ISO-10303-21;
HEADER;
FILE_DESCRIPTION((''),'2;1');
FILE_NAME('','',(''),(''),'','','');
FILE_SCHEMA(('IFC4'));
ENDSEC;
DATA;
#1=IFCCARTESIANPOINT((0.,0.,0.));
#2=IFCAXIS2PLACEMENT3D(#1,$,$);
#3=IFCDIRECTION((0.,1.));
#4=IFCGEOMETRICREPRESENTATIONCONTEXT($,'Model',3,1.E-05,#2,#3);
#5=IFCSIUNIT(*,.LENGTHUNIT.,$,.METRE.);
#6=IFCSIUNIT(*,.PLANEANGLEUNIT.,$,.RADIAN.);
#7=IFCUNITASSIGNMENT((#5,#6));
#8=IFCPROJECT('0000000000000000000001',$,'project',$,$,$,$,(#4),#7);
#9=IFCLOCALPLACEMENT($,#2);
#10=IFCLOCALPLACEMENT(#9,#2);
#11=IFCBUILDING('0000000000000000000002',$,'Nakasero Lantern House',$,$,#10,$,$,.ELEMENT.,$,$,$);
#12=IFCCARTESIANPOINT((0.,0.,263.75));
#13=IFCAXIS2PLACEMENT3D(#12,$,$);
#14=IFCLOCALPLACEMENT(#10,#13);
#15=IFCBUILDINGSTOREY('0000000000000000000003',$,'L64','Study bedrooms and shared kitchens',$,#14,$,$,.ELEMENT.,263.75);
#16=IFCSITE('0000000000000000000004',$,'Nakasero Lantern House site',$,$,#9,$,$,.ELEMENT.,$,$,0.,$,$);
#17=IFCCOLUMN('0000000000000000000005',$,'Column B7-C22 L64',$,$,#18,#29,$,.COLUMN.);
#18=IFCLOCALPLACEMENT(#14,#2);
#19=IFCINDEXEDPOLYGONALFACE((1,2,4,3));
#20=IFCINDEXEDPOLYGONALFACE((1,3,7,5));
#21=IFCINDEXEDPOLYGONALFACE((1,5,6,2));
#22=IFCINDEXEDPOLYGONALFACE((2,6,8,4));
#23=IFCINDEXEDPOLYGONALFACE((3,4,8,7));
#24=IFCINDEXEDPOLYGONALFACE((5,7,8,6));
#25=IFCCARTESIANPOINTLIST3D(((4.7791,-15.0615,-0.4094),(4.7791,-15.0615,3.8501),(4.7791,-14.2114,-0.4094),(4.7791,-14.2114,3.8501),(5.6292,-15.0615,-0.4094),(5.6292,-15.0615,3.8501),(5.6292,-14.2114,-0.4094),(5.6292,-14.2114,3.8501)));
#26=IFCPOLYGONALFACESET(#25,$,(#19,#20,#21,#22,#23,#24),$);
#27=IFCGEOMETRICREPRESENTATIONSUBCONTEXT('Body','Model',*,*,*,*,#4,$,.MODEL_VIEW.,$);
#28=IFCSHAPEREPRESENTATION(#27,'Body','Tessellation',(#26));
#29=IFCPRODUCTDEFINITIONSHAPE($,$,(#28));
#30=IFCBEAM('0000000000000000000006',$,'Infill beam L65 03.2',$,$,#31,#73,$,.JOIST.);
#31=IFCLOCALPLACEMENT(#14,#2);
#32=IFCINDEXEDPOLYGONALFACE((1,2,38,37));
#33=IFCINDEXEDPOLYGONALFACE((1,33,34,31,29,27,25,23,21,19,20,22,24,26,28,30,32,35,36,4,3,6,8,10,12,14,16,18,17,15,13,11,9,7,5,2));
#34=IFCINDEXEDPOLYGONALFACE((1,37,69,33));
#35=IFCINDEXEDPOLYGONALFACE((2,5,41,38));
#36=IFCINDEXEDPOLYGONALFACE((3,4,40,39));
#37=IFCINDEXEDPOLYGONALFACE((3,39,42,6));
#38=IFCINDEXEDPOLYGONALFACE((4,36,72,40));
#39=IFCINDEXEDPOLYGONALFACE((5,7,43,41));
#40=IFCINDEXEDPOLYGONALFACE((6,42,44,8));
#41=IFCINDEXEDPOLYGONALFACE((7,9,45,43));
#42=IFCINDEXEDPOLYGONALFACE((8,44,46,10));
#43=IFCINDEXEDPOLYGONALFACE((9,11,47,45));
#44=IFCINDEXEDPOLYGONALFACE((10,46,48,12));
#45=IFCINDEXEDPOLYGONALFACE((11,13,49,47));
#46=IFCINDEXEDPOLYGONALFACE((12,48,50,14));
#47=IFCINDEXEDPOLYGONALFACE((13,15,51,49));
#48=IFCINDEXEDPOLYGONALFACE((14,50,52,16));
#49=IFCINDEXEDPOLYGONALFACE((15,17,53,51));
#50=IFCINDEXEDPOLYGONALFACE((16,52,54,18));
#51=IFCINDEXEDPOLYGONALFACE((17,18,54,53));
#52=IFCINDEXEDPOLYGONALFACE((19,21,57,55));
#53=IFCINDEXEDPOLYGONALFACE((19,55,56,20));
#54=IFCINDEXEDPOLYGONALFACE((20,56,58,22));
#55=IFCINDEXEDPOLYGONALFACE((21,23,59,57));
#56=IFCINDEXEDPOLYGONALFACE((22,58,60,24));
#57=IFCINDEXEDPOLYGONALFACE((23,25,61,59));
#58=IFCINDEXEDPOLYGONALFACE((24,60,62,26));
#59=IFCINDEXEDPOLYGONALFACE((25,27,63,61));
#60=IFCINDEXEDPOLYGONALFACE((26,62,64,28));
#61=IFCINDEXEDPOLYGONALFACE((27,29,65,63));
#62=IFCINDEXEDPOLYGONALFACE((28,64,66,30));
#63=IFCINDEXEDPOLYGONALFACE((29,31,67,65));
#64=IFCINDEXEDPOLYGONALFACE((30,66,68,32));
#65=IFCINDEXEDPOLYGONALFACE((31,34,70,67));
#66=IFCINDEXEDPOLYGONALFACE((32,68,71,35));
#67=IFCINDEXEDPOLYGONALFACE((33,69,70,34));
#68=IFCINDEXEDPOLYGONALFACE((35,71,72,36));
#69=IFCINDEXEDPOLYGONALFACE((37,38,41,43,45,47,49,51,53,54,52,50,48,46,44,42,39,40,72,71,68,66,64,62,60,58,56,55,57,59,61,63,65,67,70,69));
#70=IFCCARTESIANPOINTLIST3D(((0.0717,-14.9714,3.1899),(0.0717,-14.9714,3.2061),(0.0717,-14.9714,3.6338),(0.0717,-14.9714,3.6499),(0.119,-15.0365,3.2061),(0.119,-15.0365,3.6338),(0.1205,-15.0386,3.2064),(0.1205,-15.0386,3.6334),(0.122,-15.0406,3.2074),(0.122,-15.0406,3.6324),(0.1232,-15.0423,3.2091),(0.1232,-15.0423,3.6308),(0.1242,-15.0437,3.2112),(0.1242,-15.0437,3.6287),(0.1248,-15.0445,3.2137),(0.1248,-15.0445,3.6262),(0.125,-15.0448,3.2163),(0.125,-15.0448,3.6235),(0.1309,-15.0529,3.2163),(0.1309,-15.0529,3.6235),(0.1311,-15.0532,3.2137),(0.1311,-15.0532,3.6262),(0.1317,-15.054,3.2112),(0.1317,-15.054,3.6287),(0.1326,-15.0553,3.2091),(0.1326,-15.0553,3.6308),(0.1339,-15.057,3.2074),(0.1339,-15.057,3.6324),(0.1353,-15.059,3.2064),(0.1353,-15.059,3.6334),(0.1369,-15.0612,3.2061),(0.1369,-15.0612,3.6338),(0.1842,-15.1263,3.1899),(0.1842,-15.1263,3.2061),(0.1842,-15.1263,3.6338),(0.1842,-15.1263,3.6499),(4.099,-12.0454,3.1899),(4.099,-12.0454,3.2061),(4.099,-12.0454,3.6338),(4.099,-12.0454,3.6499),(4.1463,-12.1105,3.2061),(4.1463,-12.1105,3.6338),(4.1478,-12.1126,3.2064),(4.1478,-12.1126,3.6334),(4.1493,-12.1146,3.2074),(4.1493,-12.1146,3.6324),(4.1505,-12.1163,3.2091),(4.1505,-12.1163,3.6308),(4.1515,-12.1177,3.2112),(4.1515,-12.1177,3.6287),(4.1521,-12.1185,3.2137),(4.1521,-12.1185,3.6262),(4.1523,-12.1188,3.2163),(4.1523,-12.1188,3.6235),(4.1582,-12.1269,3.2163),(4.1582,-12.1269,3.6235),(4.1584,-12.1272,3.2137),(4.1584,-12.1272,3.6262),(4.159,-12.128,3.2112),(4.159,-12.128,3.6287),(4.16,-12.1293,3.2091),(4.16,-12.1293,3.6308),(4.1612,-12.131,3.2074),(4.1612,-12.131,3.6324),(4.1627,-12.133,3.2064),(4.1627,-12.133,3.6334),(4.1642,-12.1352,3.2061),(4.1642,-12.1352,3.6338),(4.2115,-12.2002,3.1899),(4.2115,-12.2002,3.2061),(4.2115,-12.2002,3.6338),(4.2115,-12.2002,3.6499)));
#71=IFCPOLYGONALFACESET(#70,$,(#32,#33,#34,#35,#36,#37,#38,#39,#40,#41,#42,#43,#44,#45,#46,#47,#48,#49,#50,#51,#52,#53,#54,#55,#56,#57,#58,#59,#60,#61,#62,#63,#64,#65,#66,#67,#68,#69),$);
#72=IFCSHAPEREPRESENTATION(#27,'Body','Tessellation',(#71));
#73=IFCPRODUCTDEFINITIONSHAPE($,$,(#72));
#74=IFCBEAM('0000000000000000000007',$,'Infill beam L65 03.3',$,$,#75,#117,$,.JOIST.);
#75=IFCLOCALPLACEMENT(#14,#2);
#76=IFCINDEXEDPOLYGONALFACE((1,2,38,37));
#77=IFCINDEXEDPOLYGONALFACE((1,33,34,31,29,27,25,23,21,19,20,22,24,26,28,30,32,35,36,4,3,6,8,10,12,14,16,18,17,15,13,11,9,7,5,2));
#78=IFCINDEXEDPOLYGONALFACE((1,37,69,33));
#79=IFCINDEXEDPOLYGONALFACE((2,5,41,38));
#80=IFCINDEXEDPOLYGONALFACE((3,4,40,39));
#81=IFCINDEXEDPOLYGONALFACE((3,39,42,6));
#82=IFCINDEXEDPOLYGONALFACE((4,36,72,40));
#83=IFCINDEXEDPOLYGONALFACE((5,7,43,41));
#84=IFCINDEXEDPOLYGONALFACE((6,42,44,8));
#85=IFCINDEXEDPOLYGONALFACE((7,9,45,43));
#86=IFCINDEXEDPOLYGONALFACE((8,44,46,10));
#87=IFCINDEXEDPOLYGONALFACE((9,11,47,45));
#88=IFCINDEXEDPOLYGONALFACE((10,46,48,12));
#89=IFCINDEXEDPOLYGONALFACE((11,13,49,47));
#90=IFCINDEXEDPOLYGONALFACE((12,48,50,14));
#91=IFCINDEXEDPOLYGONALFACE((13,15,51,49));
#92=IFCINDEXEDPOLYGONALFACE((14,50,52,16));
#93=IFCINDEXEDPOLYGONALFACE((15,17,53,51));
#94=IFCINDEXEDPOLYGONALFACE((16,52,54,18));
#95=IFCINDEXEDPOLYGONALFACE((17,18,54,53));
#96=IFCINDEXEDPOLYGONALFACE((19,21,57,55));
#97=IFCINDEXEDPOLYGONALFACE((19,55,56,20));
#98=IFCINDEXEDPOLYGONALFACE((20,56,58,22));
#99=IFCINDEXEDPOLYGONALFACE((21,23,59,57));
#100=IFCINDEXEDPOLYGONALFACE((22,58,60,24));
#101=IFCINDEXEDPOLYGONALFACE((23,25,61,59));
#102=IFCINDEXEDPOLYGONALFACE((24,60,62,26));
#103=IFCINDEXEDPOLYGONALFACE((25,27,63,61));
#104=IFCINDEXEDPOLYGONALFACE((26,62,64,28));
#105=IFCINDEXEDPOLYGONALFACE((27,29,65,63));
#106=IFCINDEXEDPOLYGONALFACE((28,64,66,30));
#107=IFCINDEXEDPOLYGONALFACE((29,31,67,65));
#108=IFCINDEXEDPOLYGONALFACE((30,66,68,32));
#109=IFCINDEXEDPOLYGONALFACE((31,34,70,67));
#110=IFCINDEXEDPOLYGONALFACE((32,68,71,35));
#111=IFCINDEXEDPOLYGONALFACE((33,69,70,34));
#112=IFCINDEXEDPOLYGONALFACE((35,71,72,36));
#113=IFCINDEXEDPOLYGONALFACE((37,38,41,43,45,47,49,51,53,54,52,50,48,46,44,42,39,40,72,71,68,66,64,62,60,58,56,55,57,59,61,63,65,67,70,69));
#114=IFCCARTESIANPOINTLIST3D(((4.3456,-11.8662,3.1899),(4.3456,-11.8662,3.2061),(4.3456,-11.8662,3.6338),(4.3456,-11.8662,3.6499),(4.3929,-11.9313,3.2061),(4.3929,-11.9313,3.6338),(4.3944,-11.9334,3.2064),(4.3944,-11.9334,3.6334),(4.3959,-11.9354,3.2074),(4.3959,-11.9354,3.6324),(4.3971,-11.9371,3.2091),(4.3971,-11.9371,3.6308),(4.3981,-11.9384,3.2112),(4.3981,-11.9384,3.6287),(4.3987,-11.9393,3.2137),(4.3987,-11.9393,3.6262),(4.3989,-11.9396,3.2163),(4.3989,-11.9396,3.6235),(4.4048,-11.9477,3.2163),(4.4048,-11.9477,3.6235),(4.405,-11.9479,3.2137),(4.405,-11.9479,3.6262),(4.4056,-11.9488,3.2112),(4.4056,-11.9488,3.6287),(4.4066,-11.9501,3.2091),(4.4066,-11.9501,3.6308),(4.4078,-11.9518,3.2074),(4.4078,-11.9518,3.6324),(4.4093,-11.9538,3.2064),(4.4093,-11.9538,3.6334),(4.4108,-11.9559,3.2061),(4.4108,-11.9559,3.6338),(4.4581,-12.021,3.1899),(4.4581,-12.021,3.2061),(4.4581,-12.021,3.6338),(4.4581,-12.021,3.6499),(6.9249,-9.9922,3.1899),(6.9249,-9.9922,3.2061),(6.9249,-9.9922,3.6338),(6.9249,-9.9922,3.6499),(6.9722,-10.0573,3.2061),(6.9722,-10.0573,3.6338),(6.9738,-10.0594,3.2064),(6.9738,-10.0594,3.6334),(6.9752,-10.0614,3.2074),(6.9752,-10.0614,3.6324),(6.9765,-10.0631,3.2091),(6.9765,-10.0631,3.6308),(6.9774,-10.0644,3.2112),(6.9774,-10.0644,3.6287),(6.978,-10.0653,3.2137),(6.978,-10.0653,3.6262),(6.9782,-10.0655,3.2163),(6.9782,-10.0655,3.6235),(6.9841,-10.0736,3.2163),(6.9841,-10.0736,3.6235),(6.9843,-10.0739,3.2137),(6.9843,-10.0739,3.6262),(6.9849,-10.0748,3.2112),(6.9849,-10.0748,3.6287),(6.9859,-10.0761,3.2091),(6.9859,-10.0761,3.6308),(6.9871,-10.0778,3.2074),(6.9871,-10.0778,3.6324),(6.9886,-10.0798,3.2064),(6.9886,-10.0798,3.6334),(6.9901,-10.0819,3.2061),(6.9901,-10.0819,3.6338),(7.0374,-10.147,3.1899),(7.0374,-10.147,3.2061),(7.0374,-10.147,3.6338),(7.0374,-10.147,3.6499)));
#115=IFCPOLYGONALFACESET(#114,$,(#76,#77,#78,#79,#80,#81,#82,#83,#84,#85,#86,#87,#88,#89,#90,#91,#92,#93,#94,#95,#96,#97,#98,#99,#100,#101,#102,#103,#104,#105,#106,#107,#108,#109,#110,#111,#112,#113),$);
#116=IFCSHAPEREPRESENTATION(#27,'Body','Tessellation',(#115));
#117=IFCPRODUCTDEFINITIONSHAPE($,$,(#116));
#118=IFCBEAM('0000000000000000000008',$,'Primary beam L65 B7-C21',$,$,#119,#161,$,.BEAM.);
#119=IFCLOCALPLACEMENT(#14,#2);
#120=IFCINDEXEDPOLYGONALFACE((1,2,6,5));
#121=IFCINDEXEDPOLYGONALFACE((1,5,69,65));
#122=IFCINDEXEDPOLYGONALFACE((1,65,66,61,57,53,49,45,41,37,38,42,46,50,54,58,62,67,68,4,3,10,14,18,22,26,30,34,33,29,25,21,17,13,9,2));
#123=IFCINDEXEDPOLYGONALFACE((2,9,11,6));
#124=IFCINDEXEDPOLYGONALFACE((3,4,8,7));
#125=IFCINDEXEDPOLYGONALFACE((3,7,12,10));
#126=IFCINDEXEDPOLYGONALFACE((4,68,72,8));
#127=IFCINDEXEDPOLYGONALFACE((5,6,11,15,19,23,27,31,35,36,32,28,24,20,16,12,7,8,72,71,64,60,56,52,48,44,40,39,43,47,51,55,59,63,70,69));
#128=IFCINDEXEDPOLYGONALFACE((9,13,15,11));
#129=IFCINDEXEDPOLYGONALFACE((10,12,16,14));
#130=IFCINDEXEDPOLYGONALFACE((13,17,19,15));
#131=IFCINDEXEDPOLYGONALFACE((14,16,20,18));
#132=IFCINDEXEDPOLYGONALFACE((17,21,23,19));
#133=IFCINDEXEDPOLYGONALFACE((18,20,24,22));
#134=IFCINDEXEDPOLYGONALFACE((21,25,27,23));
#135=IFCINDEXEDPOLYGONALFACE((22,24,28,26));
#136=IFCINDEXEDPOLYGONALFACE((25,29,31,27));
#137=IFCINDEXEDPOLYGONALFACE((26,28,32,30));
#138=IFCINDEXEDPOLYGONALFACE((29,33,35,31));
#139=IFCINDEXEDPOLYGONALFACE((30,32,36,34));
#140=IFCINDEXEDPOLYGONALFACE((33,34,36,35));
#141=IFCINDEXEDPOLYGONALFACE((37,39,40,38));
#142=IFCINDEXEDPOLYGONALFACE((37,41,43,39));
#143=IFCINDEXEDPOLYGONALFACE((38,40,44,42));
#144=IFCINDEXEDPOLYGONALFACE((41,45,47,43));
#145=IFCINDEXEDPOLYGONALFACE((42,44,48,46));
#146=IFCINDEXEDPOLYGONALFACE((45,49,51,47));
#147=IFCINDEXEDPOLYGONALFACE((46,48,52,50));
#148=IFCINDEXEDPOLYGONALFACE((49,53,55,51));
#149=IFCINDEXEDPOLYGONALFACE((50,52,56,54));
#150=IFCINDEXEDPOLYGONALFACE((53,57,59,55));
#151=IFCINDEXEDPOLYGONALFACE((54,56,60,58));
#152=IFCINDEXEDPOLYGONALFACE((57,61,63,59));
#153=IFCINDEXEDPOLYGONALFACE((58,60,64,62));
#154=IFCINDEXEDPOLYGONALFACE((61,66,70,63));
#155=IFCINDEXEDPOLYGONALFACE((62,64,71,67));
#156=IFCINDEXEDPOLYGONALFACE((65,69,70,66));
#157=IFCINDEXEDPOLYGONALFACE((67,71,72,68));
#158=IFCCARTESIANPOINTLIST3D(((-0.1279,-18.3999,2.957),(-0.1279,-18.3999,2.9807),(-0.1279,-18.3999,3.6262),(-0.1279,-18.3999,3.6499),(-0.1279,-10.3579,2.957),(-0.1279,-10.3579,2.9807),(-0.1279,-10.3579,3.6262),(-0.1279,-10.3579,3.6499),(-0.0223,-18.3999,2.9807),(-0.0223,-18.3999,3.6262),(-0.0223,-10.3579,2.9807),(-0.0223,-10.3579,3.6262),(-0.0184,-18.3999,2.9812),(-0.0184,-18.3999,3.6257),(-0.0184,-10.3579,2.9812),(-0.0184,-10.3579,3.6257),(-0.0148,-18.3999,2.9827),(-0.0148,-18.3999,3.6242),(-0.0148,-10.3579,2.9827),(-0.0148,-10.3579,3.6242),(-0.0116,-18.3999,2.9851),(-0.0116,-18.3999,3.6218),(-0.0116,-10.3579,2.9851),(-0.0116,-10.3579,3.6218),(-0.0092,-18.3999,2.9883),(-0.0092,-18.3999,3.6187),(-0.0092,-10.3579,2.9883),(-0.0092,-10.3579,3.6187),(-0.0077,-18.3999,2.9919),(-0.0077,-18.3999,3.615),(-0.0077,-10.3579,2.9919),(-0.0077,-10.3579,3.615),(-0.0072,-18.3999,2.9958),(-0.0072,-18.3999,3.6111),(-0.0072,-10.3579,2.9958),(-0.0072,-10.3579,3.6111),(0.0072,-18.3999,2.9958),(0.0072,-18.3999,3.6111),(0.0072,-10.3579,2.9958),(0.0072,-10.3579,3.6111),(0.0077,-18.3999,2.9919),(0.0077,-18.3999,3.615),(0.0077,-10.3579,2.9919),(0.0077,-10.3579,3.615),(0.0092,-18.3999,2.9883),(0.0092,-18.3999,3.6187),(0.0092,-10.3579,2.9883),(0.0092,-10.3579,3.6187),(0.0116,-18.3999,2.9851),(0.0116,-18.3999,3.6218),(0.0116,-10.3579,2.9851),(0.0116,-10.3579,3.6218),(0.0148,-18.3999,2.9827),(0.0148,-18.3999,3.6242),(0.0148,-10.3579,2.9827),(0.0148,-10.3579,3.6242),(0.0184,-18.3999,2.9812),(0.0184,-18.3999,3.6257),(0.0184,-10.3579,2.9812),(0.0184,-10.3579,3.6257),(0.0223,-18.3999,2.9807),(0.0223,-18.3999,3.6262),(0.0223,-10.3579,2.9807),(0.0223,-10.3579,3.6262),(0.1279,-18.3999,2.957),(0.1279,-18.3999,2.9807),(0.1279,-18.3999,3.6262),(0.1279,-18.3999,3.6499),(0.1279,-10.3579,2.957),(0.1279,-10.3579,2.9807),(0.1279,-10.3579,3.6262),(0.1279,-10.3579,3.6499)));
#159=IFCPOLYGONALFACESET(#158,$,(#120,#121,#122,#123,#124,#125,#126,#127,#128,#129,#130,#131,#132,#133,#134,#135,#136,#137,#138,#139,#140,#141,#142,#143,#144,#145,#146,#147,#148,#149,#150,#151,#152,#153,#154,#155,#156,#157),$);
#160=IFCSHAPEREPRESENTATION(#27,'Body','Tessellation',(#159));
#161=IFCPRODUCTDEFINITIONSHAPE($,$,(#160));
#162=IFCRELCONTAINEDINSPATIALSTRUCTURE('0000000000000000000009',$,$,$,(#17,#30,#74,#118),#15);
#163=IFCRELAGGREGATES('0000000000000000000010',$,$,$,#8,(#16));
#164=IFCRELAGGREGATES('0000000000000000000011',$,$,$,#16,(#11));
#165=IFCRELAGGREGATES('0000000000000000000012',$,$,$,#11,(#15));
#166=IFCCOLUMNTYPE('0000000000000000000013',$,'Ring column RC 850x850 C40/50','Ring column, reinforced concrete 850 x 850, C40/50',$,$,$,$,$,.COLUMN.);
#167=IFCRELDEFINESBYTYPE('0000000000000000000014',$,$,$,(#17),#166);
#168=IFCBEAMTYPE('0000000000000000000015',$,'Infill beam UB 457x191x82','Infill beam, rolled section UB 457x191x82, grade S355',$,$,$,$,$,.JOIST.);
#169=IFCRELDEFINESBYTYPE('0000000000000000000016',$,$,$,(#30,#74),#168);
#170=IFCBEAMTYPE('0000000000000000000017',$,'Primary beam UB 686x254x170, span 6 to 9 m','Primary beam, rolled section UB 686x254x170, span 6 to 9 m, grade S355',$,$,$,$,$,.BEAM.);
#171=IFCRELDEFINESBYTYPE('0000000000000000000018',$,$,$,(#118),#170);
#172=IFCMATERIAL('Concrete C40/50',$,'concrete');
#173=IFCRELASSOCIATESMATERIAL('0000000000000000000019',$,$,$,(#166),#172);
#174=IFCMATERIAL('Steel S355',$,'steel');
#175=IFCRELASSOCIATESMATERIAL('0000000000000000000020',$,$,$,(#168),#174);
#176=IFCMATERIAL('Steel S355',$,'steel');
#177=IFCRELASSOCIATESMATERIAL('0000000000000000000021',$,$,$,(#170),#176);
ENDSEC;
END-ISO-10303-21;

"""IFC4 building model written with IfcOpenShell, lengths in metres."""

from ifc_helpers import new_model, si_unit, direction, frame, origin, origin_2d, place, context, subcontext, project, spatial, rectangle, i_section, extrude, material, material_profile, profile_set, type_object, element, save


model = new_model("IFC4")

# Units and contexts
model_context = context("Model", 3, precision=1e-05, world=origin(), true_north=direction((0.0, 1.0)))
body_context = subcontext(model_context, "Body", "Model", "MODEL_VIEW")
ifc_project = project(units=[si_unit("LENGTHUNIT", "METRE"), si_unit("PLANEANGLEUNIT", "RADIAN")], contexts=[model_context])

# Site, building, storey
site_placement = place(None, origin())
site = spatial("IfcSite", under=ifc_project, at=site_placement, Name="Nakasero Lantern House site", CompositionType="ELEMENT", RefElevation=0.0)
building_placement = place(site_placement, origin())
building = spatial("IfcBuilding", under=site, at=building_placement, Name="Nakasero Lantern House", CompositionType="ELEMENT")
storey_placement = place(building_placement, frame((0.0, 0.0, 263.75)))
storey = spatial("IfcBuildingStorey", under=building, at=storey_placement, Name="L64", Description="Study bedrooms and shared kitchens", CompositionType="ELEMENT", Elevation=263.75)

# Column
ifc_material_1 = material(Name="Concrete C40/50", Category="concrete")
ifc_material_profile_1 = material_profile(ifc_material_1, rectangle(XDim=0.8501, YDim=0.8501, at=origin_2d()), Name="RC 850x850")
ifc_profile_set_1 = profile_set([ifc_material_profile_1], Name="Concrete C40/50")
column_type = type_object("IfcColumnType", Name="Ring column RC 850x850 C40/50", Description="Ring column, reinforced concrete 850 x 850, C40/50", PredefinedType="COLUMN", material=ifc_profile_set_1)
column_placement = place(storey_placement, frame((5.2041, -14.6365, -0.4094), z_axis=(0.0, 0.0, 1.0), x_axis=(1.0, 0.0, 0.0)))
element("IfcColumn", 1, at=column_placement, inside=storey, type_object=column_type, Name="Column B7-C22 L64", PredefinedType="COLUMN", context=body_context, shape_type="SweptSolid", body=[
    extrude(rectangle(XDim=0.8501, YDim=0.8501, at=origin_2d()), origin(), (0.0, 0.0, 1.0), 4.2595),
])

# Beams
ifc_material_2 = material(Name="Steel S355", Category="steel")
ifc_material_profile_2 = material_profile(ifc_material_2, i_section(OverallWidth=0.1914, OverallDepth=0.46, WebThickness=0.01, FlangeThickness=0.0161, FilletRadius=0.0103, at=origin_2d()), Name="UB 457x191x82")
ifc_profile_set_2 = profile_set([ifc_material_profile_2], Name="Steel S355")
beam_type_1 = type_object("IfcBeamType", Name="Infill beam UB 457x191x82", Description="Infill beam, rolled section UB 457x191x82, grade S355", PredefinedType="JOIST", material=ifc_profile_set_2)
beam_1_placement = place(storey_placement, frame((0.1279, -15.0488, 3.4199), z_axis=(0.809018, 0.587784, 0.0), x_axis=(-0.587784, 0.809018, 0.0)))
element("IfcBeam", 2, at=beam_1_placement, inside=storey, type_object=beam_type_1, Name="Infill beam L65 03.2", PredefinedType="JOIST", context=body_context, shape_type="SweptSolid", body=[
    extrude(i_section(OverallWidth=0.1914, OverallDepth=0.46, WebThickness=0.01, FlangeThickness=0.0161, FilletRadius=0.0103, at=origin_2d()), origin(), (0.0, 0.0, 1.0), 4.978),
])
beam_2_placement = place(storey_placement, frame((4.4019, -11.9436, 3.4199), z_axis=(0.809014, 0.587789, 0.0), x_axis=(-0.587789, 0.809014, 0.0)))
element("IfcBeam", 3, at=beam_2_placement, inside=storey, type_object=beam_type_1, Name="Infill beam L65 03.3", PredefinedType="JOIST", context=body_context, shape_type="SweptSolid", body=[
    extrude(i_section(OverallWidth=0.1914, OverallDepth=0.46, WebThickness=0.01, FlangeThickness=0.0161, FilletRadius=0.0103, at=origin_2d()), origin(), (0.0, 0.0, 1.0), 3.1882),
])
ifc_material_3 = material(Name="Steel S355", Category="steel")
ifc_material_profile_3 = material_profile(ifc_material_3, i_section(OverallWidth=0.2559, OverallDepth=0.6929, WebThickness=0.0144, FlangeThickness=0.0237, FilletRadius=0.0151, at=origin_2d()), Name="UB 686x254x170")
ifc_profile_set_3 = profile_set([ifc_material_profile_3], Name="Steel S355")
beam_type_2 = type_object("IfcBeamType", Name="Primary beam UB 686x254x170, span 6 to 9 m", Description="Primary beam, rolled section UB 686x254x170, span 6 to 9 m, grade S355", PredefinedType="BEAM", material=ifc_profile_set_3)
beam_3_placement = place(storey_placement, frame((0.0, -18.3999, 3.3035), z_axis=(0.0, 1.0, 0.0), x_axis=(-1.0, 0.0, 0.0)))
element("IfcBeam", 4, at=beam_3_placement, inside=storey, type_object=beam_type_2, Name="Primary beam L65 B7-C21", PredefinedType="BEAM", context=body_context, shape_type="SweptSolid", body=[
    extrude(i_section(OverallWidth=0.2559, OverallDepth=0.6929, WebThickness=0.0144, FlangeThickness=0.0237, FilletRadius=0.0151, at=origin_2d()), origin(), (0.0, 0.0, 1.0), 8.042),
])

save(model, "model.ifc")
